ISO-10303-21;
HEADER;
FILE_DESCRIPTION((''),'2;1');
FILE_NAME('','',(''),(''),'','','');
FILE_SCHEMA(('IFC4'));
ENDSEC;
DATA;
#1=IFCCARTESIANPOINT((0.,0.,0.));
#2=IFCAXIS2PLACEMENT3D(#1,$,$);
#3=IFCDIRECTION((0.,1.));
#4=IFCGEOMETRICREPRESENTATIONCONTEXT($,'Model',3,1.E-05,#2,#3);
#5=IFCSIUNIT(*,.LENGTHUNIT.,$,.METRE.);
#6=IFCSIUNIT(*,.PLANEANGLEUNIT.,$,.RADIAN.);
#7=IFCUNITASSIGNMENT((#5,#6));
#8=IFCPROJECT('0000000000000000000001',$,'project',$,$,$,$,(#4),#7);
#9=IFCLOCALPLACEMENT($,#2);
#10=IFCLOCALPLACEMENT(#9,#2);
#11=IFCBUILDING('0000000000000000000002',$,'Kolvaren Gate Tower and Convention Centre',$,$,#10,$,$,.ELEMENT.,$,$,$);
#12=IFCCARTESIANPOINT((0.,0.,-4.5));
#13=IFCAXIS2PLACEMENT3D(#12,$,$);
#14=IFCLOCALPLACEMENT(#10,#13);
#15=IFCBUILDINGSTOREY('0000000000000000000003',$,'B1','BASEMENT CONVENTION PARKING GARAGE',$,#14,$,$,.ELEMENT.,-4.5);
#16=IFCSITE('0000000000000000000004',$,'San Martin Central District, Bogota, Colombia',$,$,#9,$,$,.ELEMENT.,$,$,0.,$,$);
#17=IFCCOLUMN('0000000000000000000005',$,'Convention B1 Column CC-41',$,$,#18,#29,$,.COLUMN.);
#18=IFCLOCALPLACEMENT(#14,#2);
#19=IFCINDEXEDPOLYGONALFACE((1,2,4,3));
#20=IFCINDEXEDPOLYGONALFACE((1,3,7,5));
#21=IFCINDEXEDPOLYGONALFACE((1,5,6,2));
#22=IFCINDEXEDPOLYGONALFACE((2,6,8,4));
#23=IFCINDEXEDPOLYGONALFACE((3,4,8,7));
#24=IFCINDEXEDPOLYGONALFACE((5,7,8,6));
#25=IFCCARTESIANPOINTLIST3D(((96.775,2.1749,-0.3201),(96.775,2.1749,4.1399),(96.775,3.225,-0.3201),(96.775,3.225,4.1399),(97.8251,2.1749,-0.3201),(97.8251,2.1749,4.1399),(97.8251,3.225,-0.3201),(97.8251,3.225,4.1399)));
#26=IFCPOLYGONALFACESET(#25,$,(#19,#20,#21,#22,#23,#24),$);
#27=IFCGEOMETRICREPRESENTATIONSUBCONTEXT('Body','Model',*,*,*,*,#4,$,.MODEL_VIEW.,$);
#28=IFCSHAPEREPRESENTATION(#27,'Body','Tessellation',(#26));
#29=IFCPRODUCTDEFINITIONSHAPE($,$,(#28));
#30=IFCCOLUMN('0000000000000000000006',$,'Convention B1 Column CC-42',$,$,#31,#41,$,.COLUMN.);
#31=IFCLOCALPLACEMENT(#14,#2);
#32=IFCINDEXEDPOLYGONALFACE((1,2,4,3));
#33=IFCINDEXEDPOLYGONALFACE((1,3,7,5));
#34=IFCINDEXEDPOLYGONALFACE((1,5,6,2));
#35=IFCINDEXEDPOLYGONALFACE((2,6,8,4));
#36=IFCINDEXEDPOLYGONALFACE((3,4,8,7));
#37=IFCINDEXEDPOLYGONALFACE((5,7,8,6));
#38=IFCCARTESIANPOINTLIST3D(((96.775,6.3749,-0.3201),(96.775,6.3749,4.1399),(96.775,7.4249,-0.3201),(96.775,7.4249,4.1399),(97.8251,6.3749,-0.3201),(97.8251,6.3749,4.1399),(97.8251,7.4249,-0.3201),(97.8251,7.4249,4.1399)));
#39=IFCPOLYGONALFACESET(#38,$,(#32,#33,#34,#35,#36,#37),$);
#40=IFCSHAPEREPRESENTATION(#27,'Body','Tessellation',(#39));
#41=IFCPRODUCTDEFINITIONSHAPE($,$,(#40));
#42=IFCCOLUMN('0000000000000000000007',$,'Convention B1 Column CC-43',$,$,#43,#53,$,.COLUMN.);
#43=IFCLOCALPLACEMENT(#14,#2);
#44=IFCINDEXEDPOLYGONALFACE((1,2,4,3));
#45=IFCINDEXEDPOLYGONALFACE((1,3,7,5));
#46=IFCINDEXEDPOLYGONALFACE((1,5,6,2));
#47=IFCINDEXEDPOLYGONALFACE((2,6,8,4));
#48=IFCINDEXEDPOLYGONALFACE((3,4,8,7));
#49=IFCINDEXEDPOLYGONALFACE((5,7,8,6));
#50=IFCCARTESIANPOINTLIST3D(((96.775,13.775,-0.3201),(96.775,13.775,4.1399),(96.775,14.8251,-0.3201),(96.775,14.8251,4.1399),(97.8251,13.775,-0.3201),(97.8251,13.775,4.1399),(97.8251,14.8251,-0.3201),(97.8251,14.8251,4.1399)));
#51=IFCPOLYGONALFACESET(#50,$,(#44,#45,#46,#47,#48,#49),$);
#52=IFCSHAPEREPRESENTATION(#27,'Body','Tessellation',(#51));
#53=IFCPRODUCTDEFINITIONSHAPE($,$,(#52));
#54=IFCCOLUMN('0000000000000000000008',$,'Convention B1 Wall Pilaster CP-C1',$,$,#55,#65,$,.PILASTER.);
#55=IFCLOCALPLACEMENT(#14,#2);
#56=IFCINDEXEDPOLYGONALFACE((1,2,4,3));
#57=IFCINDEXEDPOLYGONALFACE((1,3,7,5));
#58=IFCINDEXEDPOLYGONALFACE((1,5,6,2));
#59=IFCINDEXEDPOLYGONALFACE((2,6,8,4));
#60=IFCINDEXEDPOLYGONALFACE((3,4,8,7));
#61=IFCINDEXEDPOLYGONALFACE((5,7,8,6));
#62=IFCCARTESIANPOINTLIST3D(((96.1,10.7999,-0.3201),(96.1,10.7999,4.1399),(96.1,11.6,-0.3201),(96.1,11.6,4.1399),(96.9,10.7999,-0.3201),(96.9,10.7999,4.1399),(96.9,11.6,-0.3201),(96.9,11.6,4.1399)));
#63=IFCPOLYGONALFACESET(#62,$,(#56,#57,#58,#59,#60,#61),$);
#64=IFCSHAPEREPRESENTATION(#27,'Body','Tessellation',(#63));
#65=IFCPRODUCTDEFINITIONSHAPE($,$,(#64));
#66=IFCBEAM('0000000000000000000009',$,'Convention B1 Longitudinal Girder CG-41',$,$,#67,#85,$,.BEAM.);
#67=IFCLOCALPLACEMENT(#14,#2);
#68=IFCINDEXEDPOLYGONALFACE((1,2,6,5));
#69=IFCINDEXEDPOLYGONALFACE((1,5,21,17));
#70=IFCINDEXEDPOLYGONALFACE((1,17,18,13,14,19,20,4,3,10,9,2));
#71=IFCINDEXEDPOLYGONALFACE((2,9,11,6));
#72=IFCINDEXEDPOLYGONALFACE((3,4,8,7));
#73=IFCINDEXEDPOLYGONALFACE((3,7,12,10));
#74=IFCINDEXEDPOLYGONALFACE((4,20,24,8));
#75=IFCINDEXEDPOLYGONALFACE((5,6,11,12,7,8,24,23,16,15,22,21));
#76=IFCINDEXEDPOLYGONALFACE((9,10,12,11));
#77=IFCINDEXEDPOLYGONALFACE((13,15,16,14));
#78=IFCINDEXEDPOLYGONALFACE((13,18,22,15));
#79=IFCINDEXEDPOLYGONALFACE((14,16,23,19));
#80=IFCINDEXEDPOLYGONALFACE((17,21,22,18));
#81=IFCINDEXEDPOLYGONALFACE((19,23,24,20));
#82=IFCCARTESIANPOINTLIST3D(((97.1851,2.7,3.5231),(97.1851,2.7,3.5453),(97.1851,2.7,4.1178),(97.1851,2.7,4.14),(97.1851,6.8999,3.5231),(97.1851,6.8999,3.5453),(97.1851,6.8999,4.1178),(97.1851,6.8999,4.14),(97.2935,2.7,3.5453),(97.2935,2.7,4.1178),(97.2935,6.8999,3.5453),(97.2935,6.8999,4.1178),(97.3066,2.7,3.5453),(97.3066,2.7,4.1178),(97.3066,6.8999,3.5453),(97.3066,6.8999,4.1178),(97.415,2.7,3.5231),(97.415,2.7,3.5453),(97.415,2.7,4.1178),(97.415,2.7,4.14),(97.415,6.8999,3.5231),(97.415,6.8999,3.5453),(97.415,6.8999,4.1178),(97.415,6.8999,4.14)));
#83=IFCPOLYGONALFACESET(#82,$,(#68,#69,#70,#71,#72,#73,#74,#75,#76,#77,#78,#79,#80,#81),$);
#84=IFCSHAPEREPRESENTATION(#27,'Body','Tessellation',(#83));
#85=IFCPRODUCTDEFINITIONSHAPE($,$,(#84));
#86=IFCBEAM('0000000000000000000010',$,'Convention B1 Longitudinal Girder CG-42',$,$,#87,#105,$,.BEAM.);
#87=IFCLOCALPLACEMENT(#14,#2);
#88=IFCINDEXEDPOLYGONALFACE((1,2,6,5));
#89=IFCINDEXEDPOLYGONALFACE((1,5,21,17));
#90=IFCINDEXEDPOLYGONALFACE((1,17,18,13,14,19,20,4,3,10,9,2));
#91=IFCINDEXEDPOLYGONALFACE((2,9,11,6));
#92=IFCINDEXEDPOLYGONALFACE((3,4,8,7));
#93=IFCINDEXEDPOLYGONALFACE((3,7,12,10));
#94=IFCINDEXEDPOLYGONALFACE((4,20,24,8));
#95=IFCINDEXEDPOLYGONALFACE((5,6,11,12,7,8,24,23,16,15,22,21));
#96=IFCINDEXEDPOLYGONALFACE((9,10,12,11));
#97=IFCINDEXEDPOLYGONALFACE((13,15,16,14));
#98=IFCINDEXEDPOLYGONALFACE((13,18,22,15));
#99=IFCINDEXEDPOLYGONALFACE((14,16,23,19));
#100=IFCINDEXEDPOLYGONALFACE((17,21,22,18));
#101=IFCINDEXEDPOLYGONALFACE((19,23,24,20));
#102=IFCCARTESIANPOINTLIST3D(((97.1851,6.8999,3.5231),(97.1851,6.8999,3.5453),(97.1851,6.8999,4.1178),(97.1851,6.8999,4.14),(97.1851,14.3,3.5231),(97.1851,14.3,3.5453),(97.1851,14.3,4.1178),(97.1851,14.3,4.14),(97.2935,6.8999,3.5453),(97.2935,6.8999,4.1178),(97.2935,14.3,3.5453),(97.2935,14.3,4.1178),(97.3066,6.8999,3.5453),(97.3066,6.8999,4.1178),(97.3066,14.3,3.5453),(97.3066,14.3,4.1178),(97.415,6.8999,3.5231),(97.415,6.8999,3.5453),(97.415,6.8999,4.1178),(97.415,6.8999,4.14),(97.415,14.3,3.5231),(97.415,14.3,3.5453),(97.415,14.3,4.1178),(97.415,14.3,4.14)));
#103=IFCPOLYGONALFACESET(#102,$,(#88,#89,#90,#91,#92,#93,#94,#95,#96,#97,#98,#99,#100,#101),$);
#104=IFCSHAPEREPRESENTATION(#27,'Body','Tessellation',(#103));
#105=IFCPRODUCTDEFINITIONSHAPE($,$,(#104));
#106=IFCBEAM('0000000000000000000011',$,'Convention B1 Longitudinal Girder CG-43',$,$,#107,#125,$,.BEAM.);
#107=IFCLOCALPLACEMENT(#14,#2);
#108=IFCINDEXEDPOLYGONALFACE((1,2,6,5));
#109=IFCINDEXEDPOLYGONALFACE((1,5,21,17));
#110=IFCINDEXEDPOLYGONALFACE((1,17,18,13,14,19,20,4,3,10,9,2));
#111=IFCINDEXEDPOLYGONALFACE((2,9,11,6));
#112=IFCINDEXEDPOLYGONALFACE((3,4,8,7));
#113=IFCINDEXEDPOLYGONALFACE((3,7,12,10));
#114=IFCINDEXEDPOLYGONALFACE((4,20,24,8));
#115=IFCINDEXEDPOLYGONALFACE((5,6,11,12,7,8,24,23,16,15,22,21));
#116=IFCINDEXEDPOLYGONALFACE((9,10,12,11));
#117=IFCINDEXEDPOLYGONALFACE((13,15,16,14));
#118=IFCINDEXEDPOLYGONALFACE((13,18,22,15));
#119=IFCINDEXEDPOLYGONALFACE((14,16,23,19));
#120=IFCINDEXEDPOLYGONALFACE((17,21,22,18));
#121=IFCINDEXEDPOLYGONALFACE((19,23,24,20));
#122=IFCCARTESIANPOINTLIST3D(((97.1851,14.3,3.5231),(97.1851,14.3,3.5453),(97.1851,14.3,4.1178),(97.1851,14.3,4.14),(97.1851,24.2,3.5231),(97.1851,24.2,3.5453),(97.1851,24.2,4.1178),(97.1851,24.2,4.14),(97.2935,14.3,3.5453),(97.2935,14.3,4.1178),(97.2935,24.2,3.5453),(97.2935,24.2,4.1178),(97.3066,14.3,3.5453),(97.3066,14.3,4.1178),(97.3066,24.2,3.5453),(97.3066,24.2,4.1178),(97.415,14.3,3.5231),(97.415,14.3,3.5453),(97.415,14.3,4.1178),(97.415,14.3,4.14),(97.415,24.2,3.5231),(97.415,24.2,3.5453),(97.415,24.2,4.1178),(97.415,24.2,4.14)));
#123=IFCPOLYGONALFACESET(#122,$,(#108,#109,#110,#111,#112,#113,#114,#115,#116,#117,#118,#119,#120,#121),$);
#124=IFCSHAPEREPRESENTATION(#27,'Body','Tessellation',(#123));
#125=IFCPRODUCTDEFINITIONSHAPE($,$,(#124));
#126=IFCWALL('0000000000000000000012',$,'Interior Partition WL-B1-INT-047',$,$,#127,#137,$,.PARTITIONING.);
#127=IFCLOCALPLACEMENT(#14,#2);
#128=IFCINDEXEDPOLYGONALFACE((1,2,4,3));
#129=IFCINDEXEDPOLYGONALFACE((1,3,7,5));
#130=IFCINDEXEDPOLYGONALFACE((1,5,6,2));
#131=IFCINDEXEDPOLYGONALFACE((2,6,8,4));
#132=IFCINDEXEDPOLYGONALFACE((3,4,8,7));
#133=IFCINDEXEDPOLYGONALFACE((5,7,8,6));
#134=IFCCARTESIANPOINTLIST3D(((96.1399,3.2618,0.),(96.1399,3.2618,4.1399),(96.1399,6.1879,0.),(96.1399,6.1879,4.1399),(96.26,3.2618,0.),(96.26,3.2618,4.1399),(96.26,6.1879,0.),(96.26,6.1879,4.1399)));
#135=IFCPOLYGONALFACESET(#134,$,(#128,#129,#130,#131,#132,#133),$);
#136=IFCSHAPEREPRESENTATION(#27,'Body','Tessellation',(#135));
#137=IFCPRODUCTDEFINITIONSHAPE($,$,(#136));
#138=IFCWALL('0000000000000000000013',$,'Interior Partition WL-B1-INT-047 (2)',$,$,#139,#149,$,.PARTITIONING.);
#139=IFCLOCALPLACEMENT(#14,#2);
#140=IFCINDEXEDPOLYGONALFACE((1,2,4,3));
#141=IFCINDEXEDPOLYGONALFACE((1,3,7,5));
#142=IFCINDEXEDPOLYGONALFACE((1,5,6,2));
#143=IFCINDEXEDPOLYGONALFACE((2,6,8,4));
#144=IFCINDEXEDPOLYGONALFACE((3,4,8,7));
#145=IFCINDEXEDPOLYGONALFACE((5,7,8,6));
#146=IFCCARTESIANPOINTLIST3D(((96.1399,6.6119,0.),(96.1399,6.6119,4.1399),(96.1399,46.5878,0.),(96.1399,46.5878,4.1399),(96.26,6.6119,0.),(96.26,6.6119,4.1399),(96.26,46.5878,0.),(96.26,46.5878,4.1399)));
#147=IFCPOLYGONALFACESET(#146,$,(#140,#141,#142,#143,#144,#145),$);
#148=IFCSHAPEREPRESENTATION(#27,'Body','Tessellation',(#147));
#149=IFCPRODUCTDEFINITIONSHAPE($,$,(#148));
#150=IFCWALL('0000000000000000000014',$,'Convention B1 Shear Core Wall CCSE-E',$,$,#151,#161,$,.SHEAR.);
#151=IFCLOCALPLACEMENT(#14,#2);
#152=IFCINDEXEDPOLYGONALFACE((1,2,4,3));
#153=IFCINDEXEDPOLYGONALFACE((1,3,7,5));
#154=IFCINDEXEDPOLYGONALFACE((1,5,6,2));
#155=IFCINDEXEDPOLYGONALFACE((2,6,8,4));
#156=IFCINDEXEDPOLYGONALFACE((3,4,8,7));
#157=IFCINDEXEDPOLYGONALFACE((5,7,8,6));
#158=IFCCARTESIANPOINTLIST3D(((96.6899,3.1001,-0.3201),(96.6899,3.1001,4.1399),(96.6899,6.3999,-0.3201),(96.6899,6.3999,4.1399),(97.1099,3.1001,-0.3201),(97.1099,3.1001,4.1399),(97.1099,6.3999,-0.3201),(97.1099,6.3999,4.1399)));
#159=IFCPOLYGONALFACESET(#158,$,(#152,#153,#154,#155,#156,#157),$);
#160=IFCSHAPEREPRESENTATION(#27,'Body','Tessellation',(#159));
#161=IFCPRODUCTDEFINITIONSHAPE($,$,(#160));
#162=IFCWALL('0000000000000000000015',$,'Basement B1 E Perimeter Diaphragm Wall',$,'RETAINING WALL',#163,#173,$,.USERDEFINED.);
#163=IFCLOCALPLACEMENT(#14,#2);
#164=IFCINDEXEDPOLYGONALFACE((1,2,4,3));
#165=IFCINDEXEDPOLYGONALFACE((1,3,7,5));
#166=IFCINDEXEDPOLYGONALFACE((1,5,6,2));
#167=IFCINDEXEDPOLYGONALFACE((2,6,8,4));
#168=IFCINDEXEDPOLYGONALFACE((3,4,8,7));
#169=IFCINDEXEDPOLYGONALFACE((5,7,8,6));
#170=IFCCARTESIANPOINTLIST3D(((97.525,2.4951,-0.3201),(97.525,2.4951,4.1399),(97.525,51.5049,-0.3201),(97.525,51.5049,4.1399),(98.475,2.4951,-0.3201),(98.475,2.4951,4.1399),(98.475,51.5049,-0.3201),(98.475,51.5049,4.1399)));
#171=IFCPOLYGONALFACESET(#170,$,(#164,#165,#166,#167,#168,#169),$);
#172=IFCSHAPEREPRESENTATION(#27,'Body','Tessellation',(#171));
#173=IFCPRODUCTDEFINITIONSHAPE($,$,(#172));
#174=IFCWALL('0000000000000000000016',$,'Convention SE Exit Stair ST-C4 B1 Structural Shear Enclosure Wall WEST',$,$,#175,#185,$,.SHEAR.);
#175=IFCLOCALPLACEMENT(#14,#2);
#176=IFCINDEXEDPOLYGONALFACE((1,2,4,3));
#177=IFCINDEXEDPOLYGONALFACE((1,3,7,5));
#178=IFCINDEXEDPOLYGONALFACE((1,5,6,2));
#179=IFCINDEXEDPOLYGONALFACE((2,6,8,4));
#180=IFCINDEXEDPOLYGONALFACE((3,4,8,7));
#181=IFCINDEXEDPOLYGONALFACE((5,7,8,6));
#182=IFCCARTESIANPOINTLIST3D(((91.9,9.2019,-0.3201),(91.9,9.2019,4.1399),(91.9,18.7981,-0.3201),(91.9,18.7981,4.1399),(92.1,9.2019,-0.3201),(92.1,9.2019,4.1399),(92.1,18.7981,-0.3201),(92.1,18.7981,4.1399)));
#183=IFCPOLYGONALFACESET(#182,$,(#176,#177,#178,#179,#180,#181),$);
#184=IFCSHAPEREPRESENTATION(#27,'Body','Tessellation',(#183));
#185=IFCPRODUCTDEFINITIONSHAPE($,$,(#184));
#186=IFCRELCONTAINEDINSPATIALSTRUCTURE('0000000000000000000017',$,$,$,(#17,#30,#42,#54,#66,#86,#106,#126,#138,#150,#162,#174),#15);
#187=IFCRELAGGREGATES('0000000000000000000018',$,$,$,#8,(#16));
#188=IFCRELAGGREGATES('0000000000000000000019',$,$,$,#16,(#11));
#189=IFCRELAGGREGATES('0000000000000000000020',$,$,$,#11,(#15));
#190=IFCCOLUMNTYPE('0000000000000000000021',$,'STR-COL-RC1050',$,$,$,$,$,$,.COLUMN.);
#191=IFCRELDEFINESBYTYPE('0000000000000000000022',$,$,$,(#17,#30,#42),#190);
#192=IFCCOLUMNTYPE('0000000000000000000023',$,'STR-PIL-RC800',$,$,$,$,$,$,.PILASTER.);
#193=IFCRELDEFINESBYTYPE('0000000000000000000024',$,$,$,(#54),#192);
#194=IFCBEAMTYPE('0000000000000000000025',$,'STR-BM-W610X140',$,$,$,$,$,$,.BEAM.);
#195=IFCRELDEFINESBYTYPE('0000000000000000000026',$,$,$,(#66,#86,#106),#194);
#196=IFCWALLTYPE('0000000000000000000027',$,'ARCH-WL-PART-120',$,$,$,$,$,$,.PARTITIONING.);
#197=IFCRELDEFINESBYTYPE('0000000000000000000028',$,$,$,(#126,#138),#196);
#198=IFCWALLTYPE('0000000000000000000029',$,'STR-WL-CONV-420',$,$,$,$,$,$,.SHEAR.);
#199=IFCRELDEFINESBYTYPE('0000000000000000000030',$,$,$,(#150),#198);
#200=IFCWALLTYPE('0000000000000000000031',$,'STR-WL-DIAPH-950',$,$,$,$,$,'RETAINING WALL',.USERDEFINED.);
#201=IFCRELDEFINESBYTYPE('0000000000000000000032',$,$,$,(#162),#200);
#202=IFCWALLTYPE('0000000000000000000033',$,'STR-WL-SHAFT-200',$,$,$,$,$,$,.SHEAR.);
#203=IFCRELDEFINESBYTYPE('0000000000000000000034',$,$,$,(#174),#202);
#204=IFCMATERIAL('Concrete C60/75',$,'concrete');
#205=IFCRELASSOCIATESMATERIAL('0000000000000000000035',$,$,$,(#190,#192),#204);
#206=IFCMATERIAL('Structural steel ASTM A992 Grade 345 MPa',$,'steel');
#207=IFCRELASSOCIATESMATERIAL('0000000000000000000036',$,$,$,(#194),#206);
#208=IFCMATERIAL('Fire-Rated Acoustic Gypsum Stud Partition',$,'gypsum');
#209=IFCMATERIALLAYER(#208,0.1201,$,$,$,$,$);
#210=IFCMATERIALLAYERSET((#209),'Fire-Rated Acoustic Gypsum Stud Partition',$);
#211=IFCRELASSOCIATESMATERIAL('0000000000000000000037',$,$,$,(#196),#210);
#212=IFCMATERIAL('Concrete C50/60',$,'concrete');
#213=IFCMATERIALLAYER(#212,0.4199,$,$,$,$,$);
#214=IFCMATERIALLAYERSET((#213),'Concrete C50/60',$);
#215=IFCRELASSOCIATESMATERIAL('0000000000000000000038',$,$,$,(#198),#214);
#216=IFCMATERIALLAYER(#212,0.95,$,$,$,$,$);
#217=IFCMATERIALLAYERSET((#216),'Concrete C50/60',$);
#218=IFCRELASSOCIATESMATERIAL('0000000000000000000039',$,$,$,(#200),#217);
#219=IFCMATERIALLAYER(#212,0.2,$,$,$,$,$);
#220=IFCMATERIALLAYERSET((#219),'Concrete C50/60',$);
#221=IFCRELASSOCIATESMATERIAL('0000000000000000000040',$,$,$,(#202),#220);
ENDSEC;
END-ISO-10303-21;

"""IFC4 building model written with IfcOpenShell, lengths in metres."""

from ifc_helpers import new_model, si_unit, direction, frame, frame_2d, origin, origin_2d, place, context, subcontext, project, spatial, rectangle, i_section, extrude, material, layer, layer_set, material_profile, profile_set, type_object, element, save


model = new_model("IFC4")

# Units and contexts
model_context = context("Model", 3, precision=1e-05, world=origin(), true_north=direction((0.0, 1.0)))
body_context = subcontext(model_context, "Body", "Model", "MODEL_VIEW")
ifc_project = project(units=[si_unit("LENGTHUNIT", "METRE"), si_unit("PLANEANGLEUNIT", "RADIAN")], contexts=[model_context])

# Site, building, storey
site_placement = place(None, origin())
site = spatial("IfcSite", under=ifc_project, at=site_placement, Name="San Martin Central District, Bogota, Colombia", CompositionType="ELEMENT", RefElevation=0.0)
building_placement = place(site_placement, origin())
building = spatial("IfcBuilding", under=site, at=building_placement, Name="Kolvaren Gate Tower and Convention Centre", CompositionType="ELEMENT")
storey_placement = place(building_placement, frame((0.0, 0.0, -4.5)))
storey = spatial("IfcBuildingStorey", under=building, at=storey_placement, Name="B1", Description="BASEMENT CONVENTION PARKING GARAGE", CompositionType="ELEMENT", Elevation=-4.5)

# Columns
ifc_material_1 = material(Name="Concrete C60/75", Category="concrete")
ifc_material_profile_1 = material_profile(ifc_material_1, rectangle(XDim=1.05, YDim=1.05, at=origin_2d()), Name="RC-COL-1050X1050")
ifc_profile_set_1 = profile_set([ifc_material_profile_1], Name="Concrete C60/75")
column_type_1 = type_object("IfcColumnType", Name="STR-COL-RC1050", PredefinedType="COLUMN", material=ifc_profile_set_1)
for number, where, z_axis, x_axis, name in (
    (1, (97.3, 2.7, -0.3201), (0.0, 0.0, 1.0), (1.0, 0.0, 0.0), "Convention B1 Column CC-41"),
    (2, (97.3, 6.8999, -0.3201), (0.0, 0.0, 1.0), (1.0, 0.0, 0.0), "Convention B1 Column CC-42"),
    (3, (97.3, 14.3, -0.3201), (0.0, 0.0, 1.0), (1.0, 0.0, 0.0), "Convention B1 Column CC-43"),
):
    element("IfcColumn", number, at=place(storey_placement, frame(where, z_axis=z_axis, x_axis=x_axis)), inside=storey, type_object=column_type_1, Name=name, PredefinedType="COLUMN", context=body_context, shape_type="SweptSolid", body=[
        extrude(rectangle(XDim=1.05, YDim=1.05, at=origin_2d()), origin(), (0.0, 0.0, 1.0), 4.46),
    ])
ifc_material_profile_2 = material_profile(ifc_material_1, rectangle(XDim=0.8, YDim=0.8, at=origin_2d()), Name="RC-COL-800X800")
ifc_profile_set_2 = profile_set([ifc_material_profile_2], Name="Concrete C60/75")
column_type_2 = type_object("IfcColumnType", Name="STR-PIL-RC800", PredefinedType="PILASTER", material=ifc_profile_set_2)
column_placement = place(storey_placement, frame((96.5, 11.2, -0.3201), z_axis=(0.0, 0.0, 1.0), x_axis=(1.0, 0.0, 0.0)))
element("IfcColumn", 4, at=column_placement, inside=storey, type_object=column_type_2, Name="Convention B1 Wall Pilaster CP-C1", PredefinedType="PILASTER", context=body_context, shape_type="SweptSolid", body=[
    extrude(rectangle(XDim=0.8, YDim=0.8, at=origin_2d()), origin(), (0.0, 0.0, 1.0), 4.46),
])

# Beams
ifc_material_2 = material(Name="Structural steel ASTM A992 Grade 345 MPa", Category="steel")
ifc_material_profile_3 = material_profile(ifc_material_2, i_section(OverallWidth=0.23, OverallDepth=0.6169, WebThickness=0.0132, FlangeThickness=0.0222, at=origin_2d()), Name="W610X140")
ifc_profile_set_3 = profile_set([ifc_material_profile_3], Name="Structural steel ASTM A992 Grade 345 MPa")
beam_type = type_object("IfcBeamType", Name="STR-BM-W610X140", PredefinedType="BEAM", material=ifc_profile_set_3)
beam_1_placement = place(storey_placement, frame((97.3, 2.7, 3.8315), z_axis=(0.0, 1.0, 0.0), x_axis=(-1.0, 0.0, 0.0)))
element("IfcBeam", 5, at=beam_1_placement, inside=storey, type_object=beam_type, Name="Convention B1 Longitudinal Girder CG-41", PredefinedType="BEAM", context=body_context, shape_type="SweptSolid", body=[
    extrude(i_section(OverallWidth=0.23, OverallDepth=0.6169, WebThickness=0.0132, FlangeThickness=0.0222, at=origin_2d()), origin(), (0.0, 0.0, 1.0), 4.2),
])
beam_2_placement = place(storey_placement, frame((97.3, 6.8999, 3.8315), z_axis=(0.0, 1.0, 0.0), x_axis=(-1.0, 0.0, 0.0)))
element("IfcBeam", 6, at=beam_2_placement, inside=storey, type_object=beam_type, Name="Convention B1 Longitudinal Girder CG-42", PredefinedType="BEAM", context=body_context, shape_type="SweptSolid", body=[
    extrude(i_section(OverallWidth=0.23, OverallDepth=0.6169, WebThickness=0.0132, FlangeThickness=0.0222, at=origin_2d()), origin(), (0.0, 0.0, 1.0), 7.4001),
])
beam_3_placement = place(storey_placement, frame((97.3, 14.3, 3.8315), z_axis=(0.0, 1.0, 0.0), x_axis=(-1.0, 0.0, 0.0)))
element("IfcBeam", 7, at=beam_3_placement, inside=storey, type_object=beam_type, Name="Convention B1 Longitudinal Girder CG-43", PredefinedType="BEAM", context=body_context, shape_type="SweptSolid", body=[
    extrude(i_section(OverallWidth=0.23, OverallDepth=0.6169, WebThickness=0.0132, FlangeThickness=0.0222, at=origin_2d()), origin(), (0.0, 0.0, 1.0), 9.8999),
])

# Walls
ifc_material_3 = material(Name="Fire-Rated Acoustic Gypsum Stud Partition", Category="gypsum")
ifc_layer_1 = layer(ifc_material_3, 0.1201)
ifc_layer_set_1 = layer_set([ifc_layer_1], Name="Fire-Rated Acoustic Gypsum Stud Partition")
wall_type_1 = type_object("IfcWallType", Name="ARCH-WL-PART-120", PredefinedType="PARTITIONING", material=ifc_layer_set_1)
wall_1_placement = place(storey_placement, frame((96.2, 3.262, 0.0), z_axis=(0.0, 0.0, 1.0), x_axis=(0.0, 1.0, 0.0)))
element("IfcWall", 8, at=wall_1_placement, inside=storey, type_object=wall_type_1, Name="Interior Partition WL-B1-INT-047", PredefinedType="PARTITIONING", context=body_context, shape_type="SweptSolid", body=[
    extrude(rectangle(XDim=2.926, YDim=0.1201, at=frame_2d((1.4629, 0.0))), origin(), (0.0, 0.0, 1.0), 4.1399),
])
wall_2_placement = place(storey_placement, frame((96.2, 6.6121, 0.0), z_axis=(0.0, 0.0, 1.0), x_axis=(0.0, 1.0, 0.0)))
element("IfcWall", 9, at=wall_2_placement, inside=storey, type_object=wall_type_1, Name="Interior Partition WL-B1-INT-047 (2)", PredefinedType="PARTITIONING", context=body_context, shape_type="SweptSolid", body=[
    extrude(rectangle(XDim=39.9758, YDim=0.1201, at=frame_2d((19.9878, 0.0))), origin(), (0.0, 0.0, 1.0), 4.1399),
])
ifc_material_4 = material(Name="Concrete C50/60", Category="concrete")
ifc_layer_2 = layer(ifc_material_4, 0.4199)
ifc_layer_set_2 = layer_set([ifc_layer_2], Name="Concrete C50/60")
wall_type_2 = type_object("IfcWallType", Name="STR-WL-CONV-420", PredefinedType="SHEAR", material=ifc_layer_set_2)
wall_3_placement = place(storey_placement, frame((96.8999, 3.1001, -0.3201), z_axis=(0.0, 0.0, 1.0), x_axis=(0.0, 1.0, 0.0)))
element("IfcWall", 10, at=wall_3_placement, inside=storey, type_object=wall_type_2, Name="Convention B1 Shear Core Wall CCSE-E", PredefinedType="SHEAR", context=body_context, shape_type="SweptSolid", body=[
    extrude(rectangle(XDim=3.2998, YDim=0.4199, at=frame_2d((1.6499, 0.0))), origin(), (0.0, 0.0, 1.0), 4.46),
])
ifc_layer_3 = layer(ifc_material_4, 0.95)
ifc_layer_set_3 = layer_set([ifc_layer_3], Name="Concrete C50/60")
wall_type_3 = type_object("IfcWallType", Name="STR-WL-DIAPH-950", ElementType="RETAINING WALL", PredefinedType="USERDEFINED", material=ifc_layer_set_3)
wall_4_placement = place(storey_placement, frame((98.0, 2.4951, -0.3201), z_axis=(0.0, 0.0, 1.0), x_axis=(0.0, 1.0, 0.0)))
element("IfcWall", 11, at=wall_4_placement, inside=storey, type_object=wall_type_3, Name="Basement B1 E Perimeter Diaphragm Wall", ObjectType="RETAINING WALL", PredefinedType="USERDEFINED", context=body_context, shape_type="SweptSolid", body=[
    extrude(rectangle(XDim=49.0098, YDim=0.95, at=frame_2d((24.5049, 0.0))), origin(), (0.0, 0.0, 1.0), 4.46),
])
ifc_layer_4 = layer(ifc_material_4, 0.2)
ifc_layer_set_4 = layer_set([ifc_layer_4], Name="Concrete C50/60")
wall_type_4 = type_object("IfcWallType", Name="STR-WL-SHAFT-200", PredefinedType="SHEAR", material=ifc_layer_set_4)
for number, where, z_axis, x_axis, name in (
    (12, (92.0, 9.2019, -0.3201), (0.0, 0.0, 1.0), (0.0, 1.0, 0.0), "Convention SE Exit Stair ST-C4 B1 Structural Shear Enclosure Wall WEST"),
):
    element("IfcWall", number, at=place(storey_placement, frame(where, z_axis=z_axis, x_axis=x_axis)), inside=storey, type_object=wall_type_4, Name=name, PredefinedType="SHEAR", context=body_context, shape_type="SweptSolid", body=[
        extrude(rectangle(XDim=9.5962, YDim=0.2, at=frame_2d((4.7981, 0.0))), origin(), (0.0, 0.0, 1.0), 4.46),
    ])

save(model, "model.ifc")
